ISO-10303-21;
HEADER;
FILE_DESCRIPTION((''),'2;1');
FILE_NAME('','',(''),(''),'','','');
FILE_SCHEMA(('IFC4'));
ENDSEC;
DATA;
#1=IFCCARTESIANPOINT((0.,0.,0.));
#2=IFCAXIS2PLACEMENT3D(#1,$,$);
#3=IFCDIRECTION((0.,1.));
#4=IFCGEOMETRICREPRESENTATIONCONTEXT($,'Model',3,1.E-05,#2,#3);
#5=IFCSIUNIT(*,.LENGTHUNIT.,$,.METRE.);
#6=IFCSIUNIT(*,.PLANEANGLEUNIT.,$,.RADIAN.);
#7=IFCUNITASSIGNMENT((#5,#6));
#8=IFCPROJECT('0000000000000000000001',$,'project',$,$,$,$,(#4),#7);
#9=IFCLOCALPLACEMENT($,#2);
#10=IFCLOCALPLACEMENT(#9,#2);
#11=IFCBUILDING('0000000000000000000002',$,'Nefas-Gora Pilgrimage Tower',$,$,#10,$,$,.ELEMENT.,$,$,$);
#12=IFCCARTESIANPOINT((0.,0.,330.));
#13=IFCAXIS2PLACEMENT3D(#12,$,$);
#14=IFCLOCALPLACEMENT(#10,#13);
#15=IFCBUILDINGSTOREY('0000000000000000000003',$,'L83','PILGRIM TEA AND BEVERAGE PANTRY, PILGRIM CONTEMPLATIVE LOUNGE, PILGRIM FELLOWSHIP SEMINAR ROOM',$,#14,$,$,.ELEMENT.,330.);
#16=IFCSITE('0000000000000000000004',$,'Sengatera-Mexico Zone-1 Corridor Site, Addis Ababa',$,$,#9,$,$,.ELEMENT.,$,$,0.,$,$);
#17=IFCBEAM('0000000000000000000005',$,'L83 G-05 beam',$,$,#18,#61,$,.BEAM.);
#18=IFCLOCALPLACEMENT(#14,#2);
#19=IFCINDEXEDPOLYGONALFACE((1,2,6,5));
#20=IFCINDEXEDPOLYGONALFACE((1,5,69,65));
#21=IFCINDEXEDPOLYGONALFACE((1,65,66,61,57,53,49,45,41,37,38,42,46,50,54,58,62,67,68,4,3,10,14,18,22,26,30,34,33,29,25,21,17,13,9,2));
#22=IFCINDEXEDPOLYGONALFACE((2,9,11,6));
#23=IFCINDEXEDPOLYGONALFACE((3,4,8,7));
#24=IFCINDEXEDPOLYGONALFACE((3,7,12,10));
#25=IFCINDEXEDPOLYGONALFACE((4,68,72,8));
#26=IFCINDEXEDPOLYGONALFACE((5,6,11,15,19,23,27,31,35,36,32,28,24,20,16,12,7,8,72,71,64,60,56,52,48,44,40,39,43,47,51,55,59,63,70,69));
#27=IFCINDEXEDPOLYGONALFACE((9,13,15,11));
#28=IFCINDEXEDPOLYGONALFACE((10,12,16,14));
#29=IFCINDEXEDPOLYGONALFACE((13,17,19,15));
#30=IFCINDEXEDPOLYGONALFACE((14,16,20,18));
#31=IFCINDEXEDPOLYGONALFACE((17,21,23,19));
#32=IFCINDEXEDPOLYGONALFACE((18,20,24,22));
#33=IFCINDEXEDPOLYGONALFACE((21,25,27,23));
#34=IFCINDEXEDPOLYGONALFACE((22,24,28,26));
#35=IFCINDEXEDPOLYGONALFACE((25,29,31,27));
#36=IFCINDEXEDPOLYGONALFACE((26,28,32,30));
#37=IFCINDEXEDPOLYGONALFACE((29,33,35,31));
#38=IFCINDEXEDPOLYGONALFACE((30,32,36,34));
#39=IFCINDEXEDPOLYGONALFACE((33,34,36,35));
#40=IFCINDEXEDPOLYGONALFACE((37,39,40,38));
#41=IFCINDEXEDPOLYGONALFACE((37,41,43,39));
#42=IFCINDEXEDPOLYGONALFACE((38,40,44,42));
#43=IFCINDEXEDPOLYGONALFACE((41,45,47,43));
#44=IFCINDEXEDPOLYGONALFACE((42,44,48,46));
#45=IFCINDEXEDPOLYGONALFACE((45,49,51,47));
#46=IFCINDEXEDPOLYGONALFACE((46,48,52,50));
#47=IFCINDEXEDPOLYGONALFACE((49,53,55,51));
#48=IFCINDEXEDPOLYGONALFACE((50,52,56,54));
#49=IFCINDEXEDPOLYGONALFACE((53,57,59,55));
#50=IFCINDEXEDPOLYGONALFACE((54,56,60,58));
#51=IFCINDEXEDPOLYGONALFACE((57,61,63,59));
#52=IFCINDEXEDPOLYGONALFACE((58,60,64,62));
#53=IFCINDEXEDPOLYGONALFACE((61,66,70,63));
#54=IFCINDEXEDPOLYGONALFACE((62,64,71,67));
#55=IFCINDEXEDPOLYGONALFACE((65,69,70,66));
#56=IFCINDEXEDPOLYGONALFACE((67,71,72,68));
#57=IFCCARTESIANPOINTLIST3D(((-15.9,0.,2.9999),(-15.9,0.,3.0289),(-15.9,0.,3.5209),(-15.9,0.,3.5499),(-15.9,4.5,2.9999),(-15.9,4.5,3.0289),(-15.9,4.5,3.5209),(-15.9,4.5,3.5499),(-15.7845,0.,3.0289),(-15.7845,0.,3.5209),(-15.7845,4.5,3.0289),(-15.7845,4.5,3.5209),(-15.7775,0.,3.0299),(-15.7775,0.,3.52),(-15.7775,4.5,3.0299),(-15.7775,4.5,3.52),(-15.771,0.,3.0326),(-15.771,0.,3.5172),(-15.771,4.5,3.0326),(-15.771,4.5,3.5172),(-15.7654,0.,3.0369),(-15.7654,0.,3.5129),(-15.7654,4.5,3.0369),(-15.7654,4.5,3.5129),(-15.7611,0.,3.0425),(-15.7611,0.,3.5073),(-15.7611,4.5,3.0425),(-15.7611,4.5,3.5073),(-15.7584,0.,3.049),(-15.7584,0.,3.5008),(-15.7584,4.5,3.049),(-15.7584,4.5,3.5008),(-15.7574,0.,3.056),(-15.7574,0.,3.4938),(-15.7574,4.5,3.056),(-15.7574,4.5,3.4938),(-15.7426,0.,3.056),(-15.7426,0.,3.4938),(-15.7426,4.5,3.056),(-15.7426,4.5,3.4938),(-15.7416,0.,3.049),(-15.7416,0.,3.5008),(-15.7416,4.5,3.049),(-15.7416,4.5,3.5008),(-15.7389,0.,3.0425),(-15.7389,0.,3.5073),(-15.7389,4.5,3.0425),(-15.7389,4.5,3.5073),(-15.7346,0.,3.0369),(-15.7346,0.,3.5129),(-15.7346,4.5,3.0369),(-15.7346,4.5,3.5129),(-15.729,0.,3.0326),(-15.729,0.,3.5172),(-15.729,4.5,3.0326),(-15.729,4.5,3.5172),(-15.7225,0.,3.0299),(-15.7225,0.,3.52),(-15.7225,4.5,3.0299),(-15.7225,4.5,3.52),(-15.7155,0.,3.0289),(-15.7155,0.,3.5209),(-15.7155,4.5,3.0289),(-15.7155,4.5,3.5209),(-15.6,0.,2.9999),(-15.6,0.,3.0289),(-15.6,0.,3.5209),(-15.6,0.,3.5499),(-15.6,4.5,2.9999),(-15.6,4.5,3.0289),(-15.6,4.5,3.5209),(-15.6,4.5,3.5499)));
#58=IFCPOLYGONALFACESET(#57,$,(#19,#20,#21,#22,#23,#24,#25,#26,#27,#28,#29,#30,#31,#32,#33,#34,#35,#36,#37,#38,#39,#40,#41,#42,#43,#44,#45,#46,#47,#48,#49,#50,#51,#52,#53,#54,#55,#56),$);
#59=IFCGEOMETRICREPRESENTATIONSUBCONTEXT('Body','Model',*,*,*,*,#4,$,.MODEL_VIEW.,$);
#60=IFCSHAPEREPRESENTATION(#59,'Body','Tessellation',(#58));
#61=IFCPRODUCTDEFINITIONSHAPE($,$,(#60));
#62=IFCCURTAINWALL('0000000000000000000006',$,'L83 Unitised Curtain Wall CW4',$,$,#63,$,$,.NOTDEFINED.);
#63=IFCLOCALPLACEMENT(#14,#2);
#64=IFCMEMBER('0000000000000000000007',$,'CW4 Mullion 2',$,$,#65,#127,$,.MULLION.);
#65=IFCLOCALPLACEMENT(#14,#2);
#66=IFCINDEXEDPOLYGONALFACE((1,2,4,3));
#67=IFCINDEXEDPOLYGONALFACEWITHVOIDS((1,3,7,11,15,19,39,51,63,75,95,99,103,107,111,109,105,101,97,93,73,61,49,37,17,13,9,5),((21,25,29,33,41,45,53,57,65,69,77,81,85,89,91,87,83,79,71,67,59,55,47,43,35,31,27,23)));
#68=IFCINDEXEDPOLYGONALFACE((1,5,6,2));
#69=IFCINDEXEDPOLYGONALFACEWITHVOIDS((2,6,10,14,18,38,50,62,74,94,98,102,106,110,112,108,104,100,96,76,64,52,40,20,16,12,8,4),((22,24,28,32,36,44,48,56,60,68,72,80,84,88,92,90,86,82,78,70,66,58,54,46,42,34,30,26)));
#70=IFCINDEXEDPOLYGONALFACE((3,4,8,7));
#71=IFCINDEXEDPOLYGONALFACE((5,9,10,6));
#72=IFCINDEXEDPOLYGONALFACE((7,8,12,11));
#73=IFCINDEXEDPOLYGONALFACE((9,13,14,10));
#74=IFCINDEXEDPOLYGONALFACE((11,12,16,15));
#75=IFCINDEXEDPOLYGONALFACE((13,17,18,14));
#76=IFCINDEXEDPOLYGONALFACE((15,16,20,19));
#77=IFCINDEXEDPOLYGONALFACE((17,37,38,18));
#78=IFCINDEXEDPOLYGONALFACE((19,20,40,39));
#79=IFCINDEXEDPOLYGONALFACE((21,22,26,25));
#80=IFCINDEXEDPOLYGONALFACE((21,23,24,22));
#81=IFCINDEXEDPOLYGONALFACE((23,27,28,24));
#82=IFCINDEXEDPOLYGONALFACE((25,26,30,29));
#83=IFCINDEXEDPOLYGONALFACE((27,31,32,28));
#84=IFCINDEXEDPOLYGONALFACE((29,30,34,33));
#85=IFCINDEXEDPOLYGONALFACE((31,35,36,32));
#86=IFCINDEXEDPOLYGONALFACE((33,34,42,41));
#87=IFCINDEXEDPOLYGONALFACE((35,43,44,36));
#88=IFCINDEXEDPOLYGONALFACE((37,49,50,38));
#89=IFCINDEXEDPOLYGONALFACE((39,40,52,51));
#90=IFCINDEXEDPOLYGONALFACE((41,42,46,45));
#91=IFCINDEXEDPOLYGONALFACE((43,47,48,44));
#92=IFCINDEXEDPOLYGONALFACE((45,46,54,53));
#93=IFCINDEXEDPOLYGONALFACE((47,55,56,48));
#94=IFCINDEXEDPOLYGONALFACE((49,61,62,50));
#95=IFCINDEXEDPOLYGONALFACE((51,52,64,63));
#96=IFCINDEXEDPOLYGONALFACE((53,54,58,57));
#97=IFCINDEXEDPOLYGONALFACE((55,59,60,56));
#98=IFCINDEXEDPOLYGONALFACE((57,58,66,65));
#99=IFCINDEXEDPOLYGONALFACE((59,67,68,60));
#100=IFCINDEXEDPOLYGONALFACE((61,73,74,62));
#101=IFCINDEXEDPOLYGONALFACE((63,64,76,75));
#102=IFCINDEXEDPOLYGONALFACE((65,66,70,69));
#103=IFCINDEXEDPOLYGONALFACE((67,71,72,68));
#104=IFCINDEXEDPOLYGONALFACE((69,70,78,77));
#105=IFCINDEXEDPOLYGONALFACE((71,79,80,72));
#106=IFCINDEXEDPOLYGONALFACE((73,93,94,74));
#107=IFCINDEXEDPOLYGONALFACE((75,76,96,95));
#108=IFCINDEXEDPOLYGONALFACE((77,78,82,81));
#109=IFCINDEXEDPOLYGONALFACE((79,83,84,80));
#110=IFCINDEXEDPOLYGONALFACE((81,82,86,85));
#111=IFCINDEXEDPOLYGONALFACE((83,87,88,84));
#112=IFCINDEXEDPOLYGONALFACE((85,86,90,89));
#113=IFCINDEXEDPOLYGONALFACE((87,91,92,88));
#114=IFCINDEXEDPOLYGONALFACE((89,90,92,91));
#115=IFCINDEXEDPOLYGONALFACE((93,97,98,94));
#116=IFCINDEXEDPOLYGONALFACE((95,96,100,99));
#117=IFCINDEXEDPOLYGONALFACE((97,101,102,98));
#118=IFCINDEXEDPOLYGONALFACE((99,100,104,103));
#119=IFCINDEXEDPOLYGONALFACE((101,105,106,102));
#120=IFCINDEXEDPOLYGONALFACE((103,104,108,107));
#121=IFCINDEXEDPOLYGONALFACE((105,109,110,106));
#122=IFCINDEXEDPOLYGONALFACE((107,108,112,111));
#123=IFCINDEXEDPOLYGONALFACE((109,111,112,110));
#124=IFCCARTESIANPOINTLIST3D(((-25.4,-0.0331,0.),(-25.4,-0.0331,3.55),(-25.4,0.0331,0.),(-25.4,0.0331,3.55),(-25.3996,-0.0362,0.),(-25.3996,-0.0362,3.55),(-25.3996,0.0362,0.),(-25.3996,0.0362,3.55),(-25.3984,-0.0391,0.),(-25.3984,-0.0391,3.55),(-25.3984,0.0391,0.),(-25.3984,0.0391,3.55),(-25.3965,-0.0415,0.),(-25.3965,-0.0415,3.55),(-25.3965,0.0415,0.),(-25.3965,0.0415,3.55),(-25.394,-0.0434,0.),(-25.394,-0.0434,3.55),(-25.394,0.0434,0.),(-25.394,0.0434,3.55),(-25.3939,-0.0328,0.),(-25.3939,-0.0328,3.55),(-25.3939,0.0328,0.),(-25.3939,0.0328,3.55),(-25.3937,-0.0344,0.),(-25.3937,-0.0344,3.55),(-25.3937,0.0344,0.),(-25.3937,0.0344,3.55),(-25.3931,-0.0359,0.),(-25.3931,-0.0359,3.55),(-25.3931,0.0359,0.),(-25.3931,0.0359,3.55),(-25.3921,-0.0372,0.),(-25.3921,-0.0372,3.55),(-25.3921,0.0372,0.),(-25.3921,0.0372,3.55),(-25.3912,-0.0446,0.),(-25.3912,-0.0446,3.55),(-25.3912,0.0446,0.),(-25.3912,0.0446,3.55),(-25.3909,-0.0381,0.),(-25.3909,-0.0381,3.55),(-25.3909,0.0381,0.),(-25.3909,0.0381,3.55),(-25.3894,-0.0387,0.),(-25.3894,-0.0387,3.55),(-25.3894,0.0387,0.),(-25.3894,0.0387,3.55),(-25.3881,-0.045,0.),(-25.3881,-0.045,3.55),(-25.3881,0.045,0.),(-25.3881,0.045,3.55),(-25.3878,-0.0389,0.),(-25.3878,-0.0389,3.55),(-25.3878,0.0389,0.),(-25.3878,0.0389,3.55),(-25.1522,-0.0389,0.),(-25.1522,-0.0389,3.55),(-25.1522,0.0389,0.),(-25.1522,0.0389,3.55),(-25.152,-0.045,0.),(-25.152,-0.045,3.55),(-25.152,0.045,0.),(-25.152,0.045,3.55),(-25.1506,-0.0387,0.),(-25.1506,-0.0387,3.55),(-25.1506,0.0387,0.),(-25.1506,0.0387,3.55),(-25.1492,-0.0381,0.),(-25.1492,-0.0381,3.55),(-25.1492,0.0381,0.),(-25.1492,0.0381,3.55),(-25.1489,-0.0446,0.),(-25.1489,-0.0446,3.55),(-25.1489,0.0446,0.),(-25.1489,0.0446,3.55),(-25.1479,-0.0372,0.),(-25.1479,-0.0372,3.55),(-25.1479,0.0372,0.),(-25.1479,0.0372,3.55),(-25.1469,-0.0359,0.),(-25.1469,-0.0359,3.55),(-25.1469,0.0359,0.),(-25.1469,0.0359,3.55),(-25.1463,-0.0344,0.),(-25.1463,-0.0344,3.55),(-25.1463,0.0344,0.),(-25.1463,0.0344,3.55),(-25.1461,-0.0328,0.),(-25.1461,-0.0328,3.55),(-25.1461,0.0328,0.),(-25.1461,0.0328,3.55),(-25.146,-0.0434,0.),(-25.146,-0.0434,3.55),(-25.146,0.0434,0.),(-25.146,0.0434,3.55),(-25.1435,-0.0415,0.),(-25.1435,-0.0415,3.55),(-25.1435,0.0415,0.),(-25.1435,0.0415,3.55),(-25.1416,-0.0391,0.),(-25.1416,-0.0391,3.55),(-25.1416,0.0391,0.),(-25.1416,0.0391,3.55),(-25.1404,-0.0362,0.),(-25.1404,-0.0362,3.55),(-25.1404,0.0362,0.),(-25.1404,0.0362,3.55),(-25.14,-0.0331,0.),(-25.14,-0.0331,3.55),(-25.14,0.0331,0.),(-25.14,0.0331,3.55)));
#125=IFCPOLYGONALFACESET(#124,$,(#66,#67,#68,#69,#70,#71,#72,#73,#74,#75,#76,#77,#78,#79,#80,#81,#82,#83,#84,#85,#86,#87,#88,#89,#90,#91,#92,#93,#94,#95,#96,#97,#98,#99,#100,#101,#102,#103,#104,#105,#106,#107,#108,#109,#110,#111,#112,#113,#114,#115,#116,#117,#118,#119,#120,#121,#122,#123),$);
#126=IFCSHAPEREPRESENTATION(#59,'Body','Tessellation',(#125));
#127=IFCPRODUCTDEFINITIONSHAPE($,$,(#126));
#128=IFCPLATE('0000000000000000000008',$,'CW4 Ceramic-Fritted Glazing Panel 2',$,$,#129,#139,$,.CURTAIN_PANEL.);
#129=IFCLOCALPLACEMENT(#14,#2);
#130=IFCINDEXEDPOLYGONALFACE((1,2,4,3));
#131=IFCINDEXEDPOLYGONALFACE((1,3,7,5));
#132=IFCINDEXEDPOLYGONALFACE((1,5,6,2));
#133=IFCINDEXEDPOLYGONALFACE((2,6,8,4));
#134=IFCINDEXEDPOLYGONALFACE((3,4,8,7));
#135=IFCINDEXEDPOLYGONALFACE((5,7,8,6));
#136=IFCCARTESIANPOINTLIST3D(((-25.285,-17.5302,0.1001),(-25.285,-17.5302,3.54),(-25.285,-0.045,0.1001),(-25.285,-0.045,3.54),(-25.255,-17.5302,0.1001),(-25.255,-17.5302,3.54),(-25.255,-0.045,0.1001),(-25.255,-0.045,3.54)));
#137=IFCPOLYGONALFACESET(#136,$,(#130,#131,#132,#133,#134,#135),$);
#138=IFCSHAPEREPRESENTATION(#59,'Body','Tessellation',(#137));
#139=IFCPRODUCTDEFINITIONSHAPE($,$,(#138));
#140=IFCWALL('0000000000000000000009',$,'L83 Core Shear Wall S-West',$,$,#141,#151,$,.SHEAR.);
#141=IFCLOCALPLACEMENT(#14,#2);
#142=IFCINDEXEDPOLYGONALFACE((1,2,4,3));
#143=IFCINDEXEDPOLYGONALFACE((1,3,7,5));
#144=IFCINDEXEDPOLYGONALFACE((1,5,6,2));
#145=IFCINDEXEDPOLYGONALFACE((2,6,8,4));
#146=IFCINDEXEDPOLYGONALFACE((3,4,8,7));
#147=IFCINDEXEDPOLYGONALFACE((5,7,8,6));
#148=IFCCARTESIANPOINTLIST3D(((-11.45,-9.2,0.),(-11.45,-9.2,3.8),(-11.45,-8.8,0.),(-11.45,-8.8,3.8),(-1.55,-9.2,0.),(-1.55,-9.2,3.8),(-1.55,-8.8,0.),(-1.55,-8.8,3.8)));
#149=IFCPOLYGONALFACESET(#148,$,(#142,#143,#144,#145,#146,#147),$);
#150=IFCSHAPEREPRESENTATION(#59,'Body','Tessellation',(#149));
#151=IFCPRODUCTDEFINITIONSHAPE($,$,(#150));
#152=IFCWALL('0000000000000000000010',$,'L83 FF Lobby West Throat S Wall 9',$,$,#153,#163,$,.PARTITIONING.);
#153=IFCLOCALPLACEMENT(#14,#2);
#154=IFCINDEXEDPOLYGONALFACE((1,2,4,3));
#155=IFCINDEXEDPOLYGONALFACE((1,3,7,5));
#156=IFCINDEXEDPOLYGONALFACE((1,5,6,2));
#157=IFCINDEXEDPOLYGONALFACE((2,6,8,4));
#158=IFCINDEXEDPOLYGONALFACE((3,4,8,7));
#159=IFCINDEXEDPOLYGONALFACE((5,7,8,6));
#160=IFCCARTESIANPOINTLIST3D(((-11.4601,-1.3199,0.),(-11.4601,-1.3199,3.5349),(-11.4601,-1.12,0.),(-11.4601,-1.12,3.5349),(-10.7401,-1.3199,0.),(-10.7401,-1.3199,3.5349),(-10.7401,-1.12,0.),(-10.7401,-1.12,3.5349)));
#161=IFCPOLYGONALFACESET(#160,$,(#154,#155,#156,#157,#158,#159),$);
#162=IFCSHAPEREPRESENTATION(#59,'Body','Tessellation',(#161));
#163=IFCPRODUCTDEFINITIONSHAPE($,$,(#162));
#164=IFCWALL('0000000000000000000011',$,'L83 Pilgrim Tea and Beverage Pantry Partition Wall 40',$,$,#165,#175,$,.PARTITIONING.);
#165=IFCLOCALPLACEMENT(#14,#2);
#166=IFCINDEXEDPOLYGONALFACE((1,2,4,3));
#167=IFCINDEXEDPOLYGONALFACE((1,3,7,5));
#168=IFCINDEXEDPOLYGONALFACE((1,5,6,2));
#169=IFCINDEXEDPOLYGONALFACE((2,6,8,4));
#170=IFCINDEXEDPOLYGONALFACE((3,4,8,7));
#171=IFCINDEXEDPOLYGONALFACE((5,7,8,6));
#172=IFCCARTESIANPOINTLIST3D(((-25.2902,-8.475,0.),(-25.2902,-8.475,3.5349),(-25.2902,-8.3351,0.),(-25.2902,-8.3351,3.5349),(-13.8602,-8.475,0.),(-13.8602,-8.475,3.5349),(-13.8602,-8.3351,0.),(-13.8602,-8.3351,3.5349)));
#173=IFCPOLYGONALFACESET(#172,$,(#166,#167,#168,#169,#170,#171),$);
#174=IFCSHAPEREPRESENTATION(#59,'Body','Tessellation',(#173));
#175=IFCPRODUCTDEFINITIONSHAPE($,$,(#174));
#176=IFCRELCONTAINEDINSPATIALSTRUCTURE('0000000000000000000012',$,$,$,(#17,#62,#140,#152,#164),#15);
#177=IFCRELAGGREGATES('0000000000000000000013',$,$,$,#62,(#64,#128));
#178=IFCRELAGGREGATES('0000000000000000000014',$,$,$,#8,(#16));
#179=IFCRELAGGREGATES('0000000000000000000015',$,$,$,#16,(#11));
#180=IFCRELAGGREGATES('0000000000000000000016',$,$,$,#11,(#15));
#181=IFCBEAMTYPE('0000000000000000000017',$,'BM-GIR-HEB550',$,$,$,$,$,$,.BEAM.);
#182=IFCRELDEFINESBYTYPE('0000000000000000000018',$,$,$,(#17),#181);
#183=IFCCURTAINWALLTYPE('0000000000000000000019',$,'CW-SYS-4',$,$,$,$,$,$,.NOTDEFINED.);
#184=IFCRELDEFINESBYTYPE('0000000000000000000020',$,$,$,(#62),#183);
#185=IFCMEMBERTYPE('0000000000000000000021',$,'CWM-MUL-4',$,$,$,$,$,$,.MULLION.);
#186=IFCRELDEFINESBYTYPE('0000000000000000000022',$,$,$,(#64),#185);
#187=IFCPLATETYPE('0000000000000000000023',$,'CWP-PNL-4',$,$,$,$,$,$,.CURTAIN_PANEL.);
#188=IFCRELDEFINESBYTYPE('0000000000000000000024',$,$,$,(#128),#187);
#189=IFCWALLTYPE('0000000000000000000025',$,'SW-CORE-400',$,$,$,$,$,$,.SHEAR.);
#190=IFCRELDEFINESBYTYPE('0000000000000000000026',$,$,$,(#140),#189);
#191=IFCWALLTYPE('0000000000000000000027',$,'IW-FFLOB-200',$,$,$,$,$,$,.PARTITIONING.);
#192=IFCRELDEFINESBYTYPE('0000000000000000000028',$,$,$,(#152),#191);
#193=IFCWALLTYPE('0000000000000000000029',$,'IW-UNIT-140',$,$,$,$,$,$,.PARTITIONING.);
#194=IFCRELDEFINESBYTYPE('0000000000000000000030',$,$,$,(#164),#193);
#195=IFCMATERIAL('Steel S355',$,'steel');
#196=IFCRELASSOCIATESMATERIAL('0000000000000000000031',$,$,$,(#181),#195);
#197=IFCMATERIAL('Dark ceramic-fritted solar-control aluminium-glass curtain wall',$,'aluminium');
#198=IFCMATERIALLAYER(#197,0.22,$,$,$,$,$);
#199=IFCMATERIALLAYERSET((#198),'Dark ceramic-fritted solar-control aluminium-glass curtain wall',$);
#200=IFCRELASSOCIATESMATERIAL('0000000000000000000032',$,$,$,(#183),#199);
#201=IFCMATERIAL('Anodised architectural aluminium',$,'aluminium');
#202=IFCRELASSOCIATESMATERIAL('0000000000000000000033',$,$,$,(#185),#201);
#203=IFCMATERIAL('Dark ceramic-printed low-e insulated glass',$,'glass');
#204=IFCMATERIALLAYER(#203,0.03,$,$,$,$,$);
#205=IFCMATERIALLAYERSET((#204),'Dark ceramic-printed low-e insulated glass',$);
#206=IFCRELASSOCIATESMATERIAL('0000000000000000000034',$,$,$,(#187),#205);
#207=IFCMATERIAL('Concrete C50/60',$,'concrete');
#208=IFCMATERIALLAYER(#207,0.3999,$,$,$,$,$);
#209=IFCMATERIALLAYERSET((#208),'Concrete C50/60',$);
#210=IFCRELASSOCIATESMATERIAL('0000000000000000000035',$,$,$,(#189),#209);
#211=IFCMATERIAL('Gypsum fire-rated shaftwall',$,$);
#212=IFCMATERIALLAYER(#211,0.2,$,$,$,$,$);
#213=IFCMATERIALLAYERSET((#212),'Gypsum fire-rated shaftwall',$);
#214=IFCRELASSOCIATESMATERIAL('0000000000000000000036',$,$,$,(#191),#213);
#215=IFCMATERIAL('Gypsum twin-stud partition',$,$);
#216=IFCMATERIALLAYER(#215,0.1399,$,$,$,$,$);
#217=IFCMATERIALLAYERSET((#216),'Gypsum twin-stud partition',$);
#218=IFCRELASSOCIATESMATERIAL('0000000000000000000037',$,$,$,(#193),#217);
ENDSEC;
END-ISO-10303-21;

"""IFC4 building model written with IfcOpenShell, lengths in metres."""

from ifc_helpers import new_model, si_unit, direction, frame, frame_2d, origin, origin_2d, place, context, subcontext, project, spatial, rectangle, hollow_rectangle, i_section, extrude, source, transform, mapped, material, layer, layer_set, material_profile, profile_set, type_object, element, aggregate, save


model = new_model("IFC4")

# Units and contexts
model_context = context("Model", 3, precision=1e-05, world=origin(), true_north=direction((0.0, 1.0)))
body_context = subcontext(model_context, "Body", "Model", "MODEL_VIEW")
ifc_project = project(units=[si_unit("LENGTHUNIT", "METRE"), si_unit("PLANEANGLEUNIT", "RADIAN")], contexts=[model_context])

# Site, building, storey
site_placement = place(None, origin())
site = spatial("IfcSite", under=ifc_project, at=site_placement, Name="Sengatera-Mexico Zone-1 Corridor Site, Addis Ababa", CompositionType="ELEMENT", RefElevation=0.0)
building_placement = place(site_placement, origin())
building = spatial("IfcBuilding", under=site, at=building_placement, Name="Nefas-Gora Pilgrimage Tower", CompositionType="ELEMENT")
storey_placement = place(building_placement, frame((0.0, 0.0, 330.0)))
storey = spatial("IfcBuildingStorey", under=building, at=storey_placement, Name="L83", Description="PILGRIM TEA AND BEVERAGE PANTRY, PILGRIM CONTEMPLATIVE LOUNGE, PILGRIM FELLOWSHIP SEMINAR ROOM", CompositionType="ELEMENT", Elevation=330.0)

# Shared definitions
ifc_material_1 = material(Name="Steel S355", Category="steel")

# Beam
ifc_material_profile_1 = material_profile(ifc_material_1, i_section(OverallWidth=0.3, OverallDepth=0.55, WebThickness=0.0149, FlangeThickness=0.0291, FilletRadius=0.0271, at=origin_2d()), Name="HEB 550")
ifc_profile_set_1 = profile_set([ifc_material_profile_1], Name="Steel S355")
beam_type_1 = type_object("IfcBeamType", Name="BM-GIR-HEB550", PredefinedType="BEAM", material=ifc_profile_set_1)
shared_shape_1 = source(origin(), body_context, "Body", "SweptSolid", [
    extrude(i_section(OverallWidth=0.3, OverallDepth=0.55, WebThickness=0.0149, FlangeThickness=0.0291, FilletRadius=0.0271, at=origin_2d()), origin(), (0.0, 0.0, 1.0), 4.5),
])
for number, where, z_axis, x_axis, name in (
    (1, (-15.75, 0.0, 3.2749), (0.0, 1.0, 0.0), (-1.0, 0.0, 0.0), "L83 G-05 beam"),
):
    element("IfcBeam", number, at=place(storey_placement, frame(where, z_axis=z_axis, x_axis=x_axis)), inside=storey, type_object=beam_type_1, Name=name, PredefinedType="BEAM", context=body_context, shape_type="MappedRepresentation", body=[
        mapped(shared_shape_1, transform((0.0, 0.0, 0.0), x_axis=(1.0, 0.0, 0.0), y_axis=(0.0, 1.0, 0.0), z_axis=(0.0, 0.0, 1.0), scale=1.0)),
    ])

# Curtain wall, member, plate
ifc_material_2 = material(Name="Dark ceramic-fritted solar-control aluminium-glass curtain wall", Category="aluminium")
ifc_layer_1 = layer(ifc_material_2, 0.22)
ifc_layer_set_1 = layer_set([ifc_layer_1], Name="Dark ceramic-fritted solar-control aluminium-glass curtain wall")
curtain_wall_type = type_object("IfcCurtainWallType", Name="CW-SYS-4", PredefinedType="NOTDEFINED", material=ifc_layer_set_1)
curtain_wall_placement = place(storey_placement, origin())
curtain_wall = element("IfcCurtainWall", 2, at=curtain_wall_placement, inside=storey, type_object=curtain_wall_type, Name="L83 Unitised Curtain Wall CW4", PredefinedType="NOTDEFINED")
ifc_material_3 = material(Name="Anodised architectural aluminium", Category="aluminium")
ifc_material_profile_2 = material_profile(ifc_material_3, hollow_rectangle(XDim=0.0901, YDim=0.26, WallThickness=0.0061, InnerFilletRadius=0.0061, OuterFilletRadius=0.012, at=origin_2d()), Name="ALU MULLION 90x260")
ifc_profile_set_2 = profile_set([ifc_material_profile_2], Name="Anodised architectural aluminium")
member_type = type_object("IfcMemberType", Name="CWM-MUL-4", PredefinedType="MULLION", material=ifc_profile_set_2)
shared_shape_2 = source(origin(), body_context, "Body", "SweptSolid", [
    extrude(hollow_rectangle(XDim=0.0901, YDim=0.26, WallThickness=0.0061, InnerFilletRadius=0.0061, OuterFilletRadius=0.012, at=origin_2d()), origin(), (0.0, 0.0, 1.0), 3.55),
])
member_placement = place(storey_placement, frame((-25.27, 0.0, 0.0), z_axis=(0.0, 0.0, 1.0), x_axis=(0.0, -1.0, 0.0)))
member = element("IfcMember", 3, at=member_placement, type_object=member_type, Name="CW4 Mullion 2", PredefinedType="MULLION", context=body_context, shape_type="MappedRepresentation", body=[
    mapped(shared_shape_2, transform((0.0, 0.0, 0.0), x_axis=(1.0, 0.0, 0.0), y_axis=(0.0, 1.0, 0.0), z_axis=(0.0, 0.0, 1.0), scale=1.0)),
])
ifc_material_4 = material(Name="Dark ceramic-printed low-e insulated glass", Category="glass")
ifc_layer_2 = layer(ifc_material_4, 0.03)
ifc_layer_set_2 = layer_set([ifc_layer_2], Name="Dark ceramic-printed low-e insulated glass")
plate_type = type_object("IfcPlateType", Name="CWP-PNL-4", PredefinedType="CURTAIN_PANEL", material=ifc_layer_set_2)
shared_shape_3 = source(origin(), body_context, "Body", "SweptSolid", [
    extrude(rectangle(XDim=17.4851, YDim=0.03, at=origin_2d()), origin(), (0.0, 0.0, 1.0), 3.4399),
])
plate_placement = place(storey_placement, frame((-25.27, -8.7876, 0.1001), z_axis=(0.0, 0.0, 1.0), x_axis=(0.0, -1.0, 0.0)))
plate = element("IfcPlate", 4, at=plate_placement, type_object=plate_type, Name="CW4 Ceramic-Fritted Glazing Panel 2", PredefinedType="CURTAIN_PANEL", context=body_context, shape_type="MappedRepresentation", body=[
    mapped(shared_shape_3, transform((0.0, 0.0, 0.0), x_axis=(1.0, 0.0, 0.0), y_axis=(0.0, 1.0, 0.0), z_axis=(0.0, 0.0, 1.0), scale=1.0)),
])
aggregate(curtain_wall, [member, plate])

# Walls
ifc_material_5 = material(Name="Concrete C50/60", Category="concrete")
ifc_layer_3 = layer(ifc_material_5, 0.3999)
ifc_layer_set_3 = layer_set([ifc_layer_3], Name="Concrete C50/60")
wall_type_1 = type_object("IfcWallType", Name="SW-CORE-400", PredefinedType="SHEAR", material=ifc_layer_set_3)
shared_shape_4 = source(origin(), body_context, "Body", "SweptSolid", [
    extrude(rectangle(XDim=9.8999, YDim=0.3999, at=frame_2d((4.95, 0.0))), origin(), (0.0, 0.0, 1.0), 3.8),
])
wall_1_placement = place(storey_placement, frame((-11.45, -9.0, 0.0), z_axis=(0.0, 0.0, 1.0), x_axis=(1.0, 0.0, 0.0)))
element("IfcWall", 5, at=wall_1_placement, inside=storey, type_object=wall_type_1, Name="L83 Core Shear Wall S-West", PredefinedType="SHEAR", context=body_context, shape_type="MappedRepresentation", body=[
    mapped(shared_shape_4, transform((0.0, 0.0, 0.0), x_axis=(1.0, 0.0, 0.0), y_axis=(0.0, 1.0, 0.0), z_axis=(0.0, 0.0, 1.0), scale=1.0)),
])
ifc_material_6 = material(Name="Gypsum fire-rated shaftwall")
ifc_layer_4 = layer(ifc_material_6, 0.2)
ifc_layer_set_4 = layer_set([ifc_layer_4], Name="Gypsum fire-rated shaftwall")
wall_type_2 = type_object("IfcWallType", Name="IW-FFLOB-200", PredefinedType="PARTITIONING", material=ifc_layer_set_4)
shared_shape_5 = source(origin(), body_context, "Body", "SweptSolid", [
    extrude(rectangle(XDim=0.72, YDim=0.2, at=frame_2d((0.3599, 0.0))), origin(), (0.0, 0.0, 1.0), 3.5349),
])
wall_2_placement = place(storey_placement, frame((-11.46, -1.22, 0.0), z_axis=(0.0, 0.0, 1.0), x_axis=(1.0, 0.0, 0.0)))
element("IfcWall", 6, at=wall_2_placement, inside=storey, type_object=wall_type_2, Name="L83 FF Lobby West Throat S Wall 9", PredefinedType="PARTITIONING", context=body_context, shape_type="MappedRepresentation", body=[
    mapped(shared_shape_5, transform((0.0, 0.0, 0.0), x_axis=(1.0, 0.0, 0.0), y_axis=(0.0, 1.0, 0.0), z_axis=(0.0, 0.0, 1.0), scale=1.0)),
])
ifc_material_7 = material(Name="Gypsum twin-stud partition")
ifc_layer_5 = layer(ifc_material_7, 0.1399)
ifc_layer_set_5 = layer_set([ifc_layer_5], Name="Gypsum twin-stud partition")
wall_type_3 = type_object("IfcWallType", Name="IW-UNIT-140", PredefinedType="PARTITIONING", material=ifc_layer_set_5)
shared_shape_6 = source(origin(), body_context, "Body", "SweptSolid", [
    extrude(rectangle(XDim=11.4299, YDim=0.1399, at=frame_2d((5.7148, 0.0))), origin(), (0.0, 0.0, 1.0), 3.5349),
])
for number, where, z_axis, x_axis, name in (
    (7, (-25.29, -8.405, 0.0), (0.0, 0.0, 1.0), (1.0, 0.0, 0.0), "L83 Pilgrim Tea and Beverage Pantry Partition Wall 40"),
):
    element("IfcWall", number, at=place(storey_placement, frame(where, z_axis=z_axis, x_axis=x_axis)), inside=storey, type_object=wall_type_3, Name=name, PredefinedType="PARTITIONING", context=body_context, shape_type="MappedRepresentation", body=[
        mapped(shared_shape_6, transform((0.0, 0.0, 0.0), x_axis=(1.0, 0.0, 0.0), y_axis=(0.0, 1.0, 0.0), z_axis=(0.0, 0.0, 1.0), scale=1.0)),
    ])

save(model, "model.ifc")
